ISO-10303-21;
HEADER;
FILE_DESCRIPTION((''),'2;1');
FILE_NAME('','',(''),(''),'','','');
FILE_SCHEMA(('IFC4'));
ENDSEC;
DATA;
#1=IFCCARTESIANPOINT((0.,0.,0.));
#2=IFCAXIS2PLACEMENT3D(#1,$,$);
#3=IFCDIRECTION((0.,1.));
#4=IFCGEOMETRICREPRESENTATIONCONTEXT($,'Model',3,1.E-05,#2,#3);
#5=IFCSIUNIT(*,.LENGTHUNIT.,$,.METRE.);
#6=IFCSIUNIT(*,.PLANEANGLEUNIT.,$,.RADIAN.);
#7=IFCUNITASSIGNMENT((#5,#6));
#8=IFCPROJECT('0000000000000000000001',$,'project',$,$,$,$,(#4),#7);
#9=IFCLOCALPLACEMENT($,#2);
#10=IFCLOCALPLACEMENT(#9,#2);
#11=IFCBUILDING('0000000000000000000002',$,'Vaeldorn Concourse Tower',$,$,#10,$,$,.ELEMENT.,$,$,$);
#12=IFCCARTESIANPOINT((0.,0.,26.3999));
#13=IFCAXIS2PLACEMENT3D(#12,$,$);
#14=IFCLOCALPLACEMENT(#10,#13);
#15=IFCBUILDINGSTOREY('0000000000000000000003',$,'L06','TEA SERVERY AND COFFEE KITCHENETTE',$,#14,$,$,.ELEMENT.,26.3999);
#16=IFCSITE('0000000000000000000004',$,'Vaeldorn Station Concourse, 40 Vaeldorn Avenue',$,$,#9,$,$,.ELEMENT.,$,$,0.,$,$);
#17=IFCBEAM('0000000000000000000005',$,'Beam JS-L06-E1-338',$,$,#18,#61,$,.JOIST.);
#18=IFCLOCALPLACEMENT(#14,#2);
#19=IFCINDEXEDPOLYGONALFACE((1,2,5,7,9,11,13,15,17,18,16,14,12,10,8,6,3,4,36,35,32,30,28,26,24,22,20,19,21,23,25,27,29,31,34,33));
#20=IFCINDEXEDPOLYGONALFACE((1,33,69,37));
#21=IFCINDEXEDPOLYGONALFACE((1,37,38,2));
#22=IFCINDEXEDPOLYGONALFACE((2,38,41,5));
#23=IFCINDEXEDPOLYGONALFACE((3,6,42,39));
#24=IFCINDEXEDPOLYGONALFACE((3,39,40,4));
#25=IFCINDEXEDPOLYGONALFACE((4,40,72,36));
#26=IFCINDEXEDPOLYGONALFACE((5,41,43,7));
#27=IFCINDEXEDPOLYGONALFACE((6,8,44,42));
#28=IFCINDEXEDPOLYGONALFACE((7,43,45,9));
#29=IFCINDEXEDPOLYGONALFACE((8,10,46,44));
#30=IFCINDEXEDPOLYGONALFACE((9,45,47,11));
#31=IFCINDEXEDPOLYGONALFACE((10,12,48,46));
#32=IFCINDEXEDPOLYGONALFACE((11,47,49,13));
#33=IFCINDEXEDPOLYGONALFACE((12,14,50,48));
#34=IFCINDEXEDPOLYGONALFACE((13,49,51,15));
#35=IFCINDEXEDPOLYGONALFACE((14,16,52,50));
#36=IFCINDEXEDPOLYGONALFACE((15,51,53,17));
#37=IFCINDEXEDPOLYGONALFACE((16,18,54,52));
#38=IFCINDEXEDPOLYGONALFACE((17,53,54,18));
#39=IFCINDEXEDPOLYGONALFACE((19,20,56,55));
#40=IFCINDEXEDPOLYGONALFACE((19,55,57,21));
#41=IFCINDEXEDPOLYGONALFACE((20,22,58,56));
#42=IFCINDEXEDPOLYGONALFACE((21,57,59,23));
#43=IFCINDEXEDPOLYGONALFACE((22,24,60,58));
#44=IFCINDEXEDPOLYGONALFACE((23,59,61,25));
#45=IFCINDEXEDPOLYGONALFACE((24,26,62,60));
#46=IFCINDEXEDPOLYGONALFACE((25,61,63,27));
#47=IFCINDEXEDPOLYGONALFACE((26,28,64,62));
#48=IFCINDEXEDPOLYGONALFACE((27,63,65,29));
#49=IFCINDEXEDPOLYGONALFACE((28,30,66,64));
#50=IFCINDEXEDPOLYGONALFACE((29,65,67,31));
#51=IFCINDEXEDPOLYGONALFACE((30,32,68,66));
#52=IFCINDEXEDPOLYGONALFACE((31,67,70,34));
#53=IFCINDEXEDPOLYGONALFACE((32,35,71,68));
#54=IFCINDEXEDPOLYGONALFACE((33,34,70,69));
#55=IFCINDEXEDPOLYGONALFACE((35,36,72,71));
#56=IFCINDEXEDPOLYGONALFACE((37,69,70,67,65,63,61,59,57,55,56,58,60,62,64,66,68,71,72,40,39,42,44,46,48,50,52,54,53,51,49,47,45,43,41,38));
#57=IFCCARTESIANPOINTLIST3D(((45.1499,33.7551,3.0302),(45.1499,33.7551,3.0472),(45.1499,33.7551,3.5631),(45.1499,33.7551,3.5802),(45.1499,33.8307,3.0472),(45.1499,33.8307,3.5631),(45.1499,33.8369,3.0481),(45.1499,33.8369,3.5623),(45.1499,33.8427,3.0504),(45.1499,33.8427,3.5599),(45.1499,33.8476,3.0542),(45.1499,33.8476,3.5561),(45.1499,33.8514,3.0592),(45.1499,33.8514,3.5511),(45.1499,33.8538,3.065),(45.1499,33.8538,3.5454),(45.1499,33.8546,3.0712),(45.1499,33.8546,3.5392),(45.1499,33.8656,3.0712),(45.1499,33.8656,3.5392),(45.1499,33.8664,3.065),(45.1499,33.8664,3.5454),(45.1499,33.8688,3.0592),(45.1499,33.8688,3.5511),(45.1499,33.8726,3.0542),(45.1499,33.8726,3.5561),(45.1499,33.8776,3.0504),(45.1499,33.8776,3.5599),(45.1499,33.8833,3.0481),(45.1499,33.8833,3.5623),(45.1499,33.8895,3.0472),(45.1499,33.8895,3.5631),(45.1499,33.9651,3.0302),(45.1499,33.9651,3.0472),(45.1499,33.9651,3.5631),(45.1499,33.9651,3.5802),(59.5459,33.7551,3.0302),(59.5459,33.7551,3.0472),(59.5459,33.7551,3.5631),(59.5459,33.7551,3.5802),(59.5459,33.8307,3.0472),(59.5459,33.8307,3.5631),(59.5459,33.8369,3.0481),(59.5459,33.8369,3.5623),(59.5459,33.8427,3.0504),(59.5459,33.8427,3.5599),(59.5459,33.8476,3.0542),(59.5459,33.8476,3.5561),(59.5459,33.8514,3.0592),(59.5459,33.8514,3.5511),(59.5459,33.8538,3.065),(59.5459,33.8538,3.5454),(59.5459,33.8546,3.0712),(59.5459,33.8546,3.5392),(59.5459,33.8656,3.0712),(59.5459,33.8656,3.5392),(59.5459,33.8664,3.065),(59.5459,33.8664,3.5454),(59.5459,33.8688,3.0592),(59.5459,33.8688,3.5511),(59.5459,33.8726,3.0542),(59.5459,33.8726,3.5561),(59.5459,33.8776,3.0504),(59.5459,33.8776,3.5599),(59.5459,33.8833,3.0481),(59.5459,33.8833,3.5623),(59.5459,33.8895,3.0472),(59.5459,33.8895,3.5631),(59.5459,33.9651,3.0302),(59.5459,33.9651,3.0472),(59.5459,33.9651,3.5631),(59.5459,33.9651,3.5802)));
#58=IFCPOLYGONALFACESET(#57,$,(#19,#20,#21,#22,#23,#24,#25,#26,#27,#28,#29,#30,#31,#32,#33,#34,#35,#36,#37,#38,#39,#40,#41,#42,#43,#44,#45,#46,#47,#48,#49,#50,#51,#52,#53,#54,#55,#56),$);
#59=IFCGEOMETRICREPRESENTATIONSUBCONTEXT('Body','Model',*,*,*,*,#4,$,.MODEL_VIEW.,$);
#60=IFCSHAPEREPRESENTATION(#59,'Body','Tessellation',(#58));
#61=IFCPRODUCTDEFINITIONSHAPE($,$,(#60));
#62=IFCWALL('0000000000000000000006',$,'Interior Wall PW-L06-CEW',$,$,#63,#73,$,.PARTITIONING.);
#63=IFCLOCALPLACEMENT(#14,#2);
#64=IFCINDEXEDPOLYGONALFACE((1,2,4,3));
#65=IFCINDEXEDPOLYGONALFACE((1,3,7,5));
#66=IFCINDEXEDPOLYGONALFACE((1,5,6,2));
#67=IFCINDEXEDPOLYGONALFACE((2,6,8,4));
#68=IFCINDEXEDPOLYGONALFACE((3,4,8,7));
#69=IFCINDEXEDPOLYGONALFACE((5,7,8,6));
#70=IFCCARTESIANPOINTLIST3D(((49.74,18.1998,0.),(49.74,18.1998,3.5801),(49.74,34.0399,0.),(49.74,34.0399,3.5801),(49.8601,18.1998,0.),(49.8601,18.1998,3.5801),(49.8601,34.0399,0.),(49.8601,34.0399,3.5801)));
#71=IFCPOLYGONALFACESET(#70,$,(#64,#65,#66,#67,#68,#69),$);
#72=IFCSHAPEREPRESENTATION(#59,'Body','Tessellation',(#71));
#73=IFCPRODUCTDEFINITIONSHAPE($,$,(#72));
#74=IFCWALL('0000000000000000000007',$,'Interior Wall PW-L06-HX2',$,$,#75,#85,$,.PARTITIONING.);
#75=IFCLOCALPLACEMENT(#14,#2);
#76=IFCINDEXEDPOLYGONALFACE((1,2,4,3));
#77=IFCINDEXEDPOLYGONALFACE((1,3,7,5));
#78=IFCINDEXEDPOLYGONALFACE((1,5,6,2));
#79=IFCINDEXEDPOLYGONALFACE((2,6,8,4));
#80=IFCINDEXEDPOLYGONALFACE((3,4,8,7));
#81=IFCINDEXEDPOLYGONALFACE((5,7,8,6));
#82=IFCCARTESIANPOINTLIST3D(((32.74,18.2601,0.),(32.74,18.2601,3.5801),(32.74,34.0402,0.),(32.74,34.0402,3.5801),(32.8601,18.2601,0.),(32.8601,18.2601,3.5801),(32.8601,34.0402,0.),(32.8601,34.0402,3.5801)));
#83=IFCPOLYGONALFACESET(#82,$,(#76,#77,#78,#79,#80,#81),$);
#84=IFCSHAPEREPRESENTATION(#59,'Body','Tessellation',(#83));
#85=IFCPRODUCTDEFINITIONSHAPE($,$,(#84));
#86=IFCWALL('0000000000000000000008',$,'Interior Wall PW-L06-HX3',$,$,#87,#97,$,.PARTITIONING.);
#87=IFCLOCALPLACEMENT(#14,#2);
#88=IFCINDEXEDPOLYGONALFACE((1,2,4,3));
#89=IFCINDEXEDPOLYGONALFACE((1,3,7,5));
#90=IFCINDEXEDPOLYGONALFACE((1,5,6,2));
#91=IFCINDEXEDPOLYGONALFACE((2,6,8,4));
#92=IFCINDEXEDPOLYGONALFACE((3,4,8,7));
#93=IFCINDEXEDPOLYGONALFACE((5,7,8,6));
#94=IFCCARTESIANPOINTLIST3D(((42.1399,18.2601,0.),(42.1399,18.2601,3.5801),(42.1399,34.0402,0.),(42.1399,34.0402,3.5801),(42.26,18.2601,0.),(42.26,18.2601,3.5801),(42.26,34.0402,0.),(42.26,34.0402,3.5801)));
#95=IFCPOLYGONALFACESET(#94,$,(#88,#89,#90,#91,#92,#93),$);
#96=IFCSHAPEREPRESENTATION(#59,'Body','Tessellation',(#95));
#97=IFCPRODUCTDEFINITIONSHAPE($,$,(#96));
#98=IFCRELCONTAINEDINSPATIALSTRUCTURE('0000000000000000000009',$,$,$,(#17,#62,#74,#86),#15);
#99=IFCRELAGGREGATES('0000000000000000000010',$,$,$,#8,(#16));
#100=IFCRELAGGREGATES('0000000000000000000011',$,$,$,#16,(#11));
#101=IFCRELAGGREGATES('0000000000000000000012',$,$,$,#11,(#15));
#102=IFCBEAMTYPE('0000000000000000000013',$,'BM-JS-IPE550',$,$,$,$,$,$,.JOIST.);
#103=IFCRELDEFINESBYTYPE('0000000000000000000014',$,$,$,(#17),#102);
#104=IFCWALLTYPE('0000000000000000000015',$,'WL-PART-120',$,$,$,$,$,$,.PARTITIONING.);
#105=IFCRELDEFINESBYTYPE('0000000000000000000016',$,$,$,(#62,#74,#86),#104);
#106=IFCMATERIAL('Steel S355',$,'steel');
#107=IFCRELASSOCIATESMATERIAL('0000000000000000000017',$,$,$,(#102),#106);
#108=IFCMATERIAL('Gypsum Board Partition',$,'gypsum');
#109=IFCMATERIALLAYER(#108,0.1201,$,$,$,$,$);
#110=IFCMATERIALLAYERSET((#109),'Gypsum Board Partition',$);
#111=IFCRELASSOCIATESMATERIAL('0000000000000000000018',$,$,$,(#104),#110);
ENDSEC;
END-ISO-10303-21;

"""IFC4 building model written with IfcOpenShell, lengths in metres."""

from ifc_helpers import new_model, si_unit, direction, frame, frame_2d, origin, origin_2d, place, context, subcontext, project, spatial, rectangle, i_section, extrude, source, transform, mapped, material, layer, layer_set, material_profile, profile_set, type_object, element, save


model = new_model("IFC4")

# Units and contexts
model_context = context("Model", 3, precision=1e-05, world=origin(), true_north=direction((0.0, 1.0)))
body_context = subcontext(model_context, "Body", "Model", "MODEL_VIEW")
ifc_project = project(units=[si_unit("LENGTHUNIT", "METRE"), si_unit("PLANEANGLEUNIT", "RADIAN")], contexts=[model_context])

# Site, building, storey
site_placement = place(None, origin())
site = spatial("IfcSite", under=ifc_project, at=site_placement, Name="Vaeldorn Station Concourse, 40 Vaeldorn Avenue", CompositionType="ELEMENT", RefElevation=0.0)
building_placement = place(site_placement, origin())
building = spatial("IfcBuilding", under=site, at=building_placement, Name="Vaeldorn Concourse Tower", CompositionType="ELEMENT")
storey_placement = place(building_placement, frame((0.0, 0.0, 26.3999)))
storey = spatial("IfcBuildingStorey", under=building, at=storey_placement, Name="L06", Description="TEA SERVERY AND COFFEE KITCHENETTE", CompositionType="ELEMENT", Elevation=26.3999)

# Beam
ifc_material_1 = material(Name="Steel S355", Category="steel")
ifc_material_profile_1 = material_profile(ifc_material_1, i_section(OverallWidth=0.21, OverallDepth=0.55, WebThickness=0.011, FlangeThickness=0.0171, FilletRadius=0.0239, at=origin_2d()), Name="IPE 550")
ifc_profile_set_1 = profile_set([ifc_material_profile_1], Name="Steel S355")
beam_type_1 = type_object("IfcBeamType", Name="BM-JS-IPE550", PredefinedType="JOIST", material=ifc_profile_set_1)
shared_shape_1 = source(origin(), body_context, "Body", "SweptSolid", [
    extrude(i_section(OverallWidth=0.21, OverallDepth=0.55, WebThickness=0.011, FlangeThickness=0.0171, FilletRadius=0.0239, at=origin_2d()), origin(), (0.0, 0.0, 1.0), 14.396),
])
beam_1_placement = place(storey_placement, frame((45.1499, 33.8601, 3.3052), z_axis=(1.0, 0.0, 0.0), x_axis=(0.0, 1.0, 0.0)))
element("IfcBeam", 1, at=beam_1_placement, inside=storey, type_object=beam_type_1, Name="Beam JS-L06-E1-338", PredefinedType="JOIST", context=body_context, shape_type="MappedRepresentation", body=[
    mapped(shared_shape_1, transform((0.0, 0.0, 0.0), scale=1.0)),
])

# Walls
ifc_material_2 = material(Name="Gypsum Board Partition", Category="gypsum")
ifc_layer = layer(ifc_material_2, 0.1201)
ifc_layer_set = layer_set([ifc_layer], Name="Gypsum Board Partition")
wall_type = type_object("IfcWallType", Name="WL-PART-120", PredefinedType="PARTITIONING", material=ifc_layer_set)
wall_placement = place(storey_placement, frame((49.8, 18.2, 0.0), z_axis=(0.0, 0.0, 1.0), x_axis=(0.0, 1.0, 0.0)))
element("IfcWall", 2, at=wall_placement, inside=storey, type_object=wall_type, Name="Interior Wall PW-L06-CEW", PredefinedType="PARTITIONING", context=body_context, shape_type="SweptSolid", body=[
    extrude(rectangle(XDim=15.8401, YDim=0.1201, at=frame_2d((7.9199, 0.0))), origin(), (0.0, 0.0, 1.0), 3.5801),
])
for number, where, z_axis, x_axis, name in (
    (3, (32.8, 18.26, 0.0), (0.0, 0.0, 1.0), (0.0, 1.0, 0.0), "Interior Wall PW-L06-HX2"),
    (4, (42.2, 18.26, 0.0), (0.0, 0.0, 1.0), (0.0, 1.0, 0.0), "Interior Wall PW-L06-HX3"),
):
    element("IfcWall", number, at=place(storey_placement, frame(where, z_axis=z_axis, x_axis=x_axis)), inside=storey, type_object=wall_type, Name=name, PredefinedType="PARTITIONING", context=body_context, shape_type="SweptSolid", body=[
        extrude(rectangle(XDim=15.78, YDim=0.1201, at=frame_2d((7.8901, 0.0))), origin(), (0.0, 0.0, 1.0), 3.5801),
    ])

save(model, "model.ifc")
